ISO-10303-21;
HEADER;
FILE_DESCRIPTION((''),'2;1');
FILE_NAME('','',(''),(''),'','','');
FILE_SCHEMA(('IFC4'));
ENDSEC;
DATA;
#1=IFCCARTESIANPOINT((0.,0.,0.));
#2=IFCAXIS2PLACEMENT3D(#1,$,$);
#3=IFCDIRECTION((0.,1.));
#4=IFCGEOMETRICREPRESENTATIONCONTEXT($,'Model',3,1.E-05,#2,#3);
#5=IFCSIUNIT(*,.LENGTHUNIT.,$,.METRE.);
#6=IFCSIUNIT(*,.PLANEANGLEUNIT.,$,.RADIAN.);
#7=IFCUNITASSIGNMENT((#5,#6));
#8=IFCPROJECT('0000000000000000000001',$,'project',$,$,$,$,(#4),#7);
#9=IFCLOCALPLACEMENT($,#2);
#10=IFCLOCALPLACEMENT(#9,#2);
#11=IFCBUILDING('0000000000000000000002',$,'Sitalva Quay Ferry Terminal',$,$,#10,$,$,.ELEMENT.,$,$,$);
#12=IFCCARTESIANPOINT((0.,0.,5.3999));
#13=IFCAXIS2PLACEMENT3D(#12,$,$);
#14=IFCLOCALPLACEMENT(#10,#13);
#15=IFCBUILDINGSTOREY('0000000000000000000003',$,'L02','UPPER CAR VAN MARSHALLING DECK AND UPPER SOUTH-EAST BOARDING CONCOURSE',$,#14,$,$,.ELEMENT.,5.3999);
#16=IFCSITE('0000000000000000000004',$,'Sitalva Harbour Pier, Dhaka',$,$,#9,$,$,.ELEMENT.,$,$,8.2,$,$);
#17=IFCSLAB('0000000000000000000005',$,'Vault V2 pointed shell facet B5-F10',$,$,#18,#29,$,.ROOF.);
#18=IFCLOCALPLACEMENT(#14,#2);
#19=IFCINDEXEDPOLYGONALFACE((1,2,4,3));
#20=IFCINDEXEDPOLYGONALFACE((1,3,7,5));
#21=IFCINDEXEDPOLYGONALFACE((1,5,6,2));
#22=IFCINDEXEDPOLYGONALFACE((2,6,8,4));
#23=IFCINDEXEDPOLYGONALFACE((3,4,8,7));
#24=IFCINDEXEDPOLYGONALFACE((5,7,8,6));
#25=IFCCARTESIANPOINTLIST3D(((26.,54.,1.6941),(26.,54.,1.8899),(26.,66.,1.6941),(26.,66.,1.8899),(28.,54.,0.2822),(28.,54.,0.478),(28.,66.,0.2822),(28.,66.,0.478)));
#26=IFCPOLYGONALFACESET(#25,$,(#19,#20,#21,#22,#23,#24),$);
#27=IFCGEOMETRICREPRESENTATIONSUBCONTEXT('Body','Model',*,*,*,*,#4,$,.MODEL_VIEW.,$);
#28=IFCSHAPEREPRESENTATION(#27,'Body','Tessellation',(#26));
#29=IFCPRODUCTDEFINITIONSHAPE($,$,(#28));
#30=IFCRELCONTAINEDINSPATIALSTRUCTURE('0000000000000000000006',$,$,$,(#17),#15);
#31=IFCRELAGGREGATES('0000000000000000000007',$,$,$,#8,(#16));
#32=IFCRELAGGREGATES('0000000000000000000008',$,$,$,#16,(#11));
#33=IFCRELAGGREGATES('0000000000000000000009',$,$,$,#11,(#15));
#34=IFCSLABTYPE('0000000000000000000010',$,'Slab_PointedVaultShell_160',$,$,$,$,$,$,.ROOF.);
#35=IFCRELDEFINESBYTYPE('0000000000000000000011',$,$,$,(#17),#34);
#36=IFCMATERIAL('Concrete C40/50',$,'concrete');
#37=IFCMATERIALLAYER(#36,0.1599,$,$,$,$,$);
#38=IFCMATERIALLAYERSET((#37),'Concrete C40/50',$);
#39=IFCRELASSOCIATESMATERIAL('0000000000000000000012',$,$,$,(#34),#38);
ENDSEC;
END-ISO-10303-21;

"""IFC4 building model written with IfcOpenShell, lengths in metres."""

from ifc_helpers import new_model, si_unit, direction, frame, origin, place, context, subcontext, project, spatial, polyline, outline, extrude, material, layer, layer_set, type_object, element, save


model = new_model("IFC4")

# Units and contexts
model_context = context("Model", 3, precision=1e-05, world=origin(), true_north=direction((0.0, 1.0)))
body_context = subcontext(model_context, "Body", "Model", "MODEL_VIEW")
ifc_project = project(units=[si_unit("LENGTHUNIT", "METRE"), si_unit("PLANEANGLEUNIT", "RADIAN")], contexts=[model_context])

# Site, building, storey
site_placement = place(None, origin())
site = spatial("IfcSite", under=ifc_project, at=site_placement, Name="Sitalva Harbour Pier, Dhaka", CompositionType="ELEMENT", RefElevation=8.2)
building_placement = place(site_placement, origin())
building = spatial("IfcBuilding", under=site, at=building_placement, Name="Sitalva Quay Ferry Terminal", CompositionType="ELEMENT")
storey_placement = place(building_placement, frame((0.0, 0.0, 5.3999)))
storey = spatial("IfcBuildingStorey", under=building, at=storey_placement, Name="L02", Description="UPPER CAR VAN MARSHALLING DECK AND UPPER SOUTH-EAST BOARDING CONCOURSE", CompositionType="ELEMENT", Elevation=5.3999)

# Slab
ifc_material_1 = material(Name="Concrete C40/50", Category="concrete")
ifc_layer_1 = layer(ifc_material_1, 0.1599)
ifc_layer_set_1 = layer_set([ifc_layer_1], Name="Concrete C40/50")
slab_type = type_object("IfcSlabType", Name="Slab_PointedVaultShell_160", PredefinedType="ROOF", material=ifc_layer_set_1)
slab_1_placement = place(storey_placement, frame((26.0, 54.0, 1.8899), z_axis=(0.576711, 0.0, 0.816949), x_axis=(0.816949, 0.0, -0.576711)))
element("IfcSlab", 1, at=slab_1_placement, inside=storey, type_object=slab_type, Name="Vault V2 pointed shell facet B5-F10", PredefinedType="ROOF", context=body_context, shape_type="SweptSolid", body=[
    extrude(outline(polyline([(0.0, 0.0), (2.4481, 0.0), (2.4481, 12.0), (0.0, 12.0), (0.0, 0.0)])), origin(), (0.576711, 0.0, -0.816949), 0.1958),
])

save(model, "model.ifc")
